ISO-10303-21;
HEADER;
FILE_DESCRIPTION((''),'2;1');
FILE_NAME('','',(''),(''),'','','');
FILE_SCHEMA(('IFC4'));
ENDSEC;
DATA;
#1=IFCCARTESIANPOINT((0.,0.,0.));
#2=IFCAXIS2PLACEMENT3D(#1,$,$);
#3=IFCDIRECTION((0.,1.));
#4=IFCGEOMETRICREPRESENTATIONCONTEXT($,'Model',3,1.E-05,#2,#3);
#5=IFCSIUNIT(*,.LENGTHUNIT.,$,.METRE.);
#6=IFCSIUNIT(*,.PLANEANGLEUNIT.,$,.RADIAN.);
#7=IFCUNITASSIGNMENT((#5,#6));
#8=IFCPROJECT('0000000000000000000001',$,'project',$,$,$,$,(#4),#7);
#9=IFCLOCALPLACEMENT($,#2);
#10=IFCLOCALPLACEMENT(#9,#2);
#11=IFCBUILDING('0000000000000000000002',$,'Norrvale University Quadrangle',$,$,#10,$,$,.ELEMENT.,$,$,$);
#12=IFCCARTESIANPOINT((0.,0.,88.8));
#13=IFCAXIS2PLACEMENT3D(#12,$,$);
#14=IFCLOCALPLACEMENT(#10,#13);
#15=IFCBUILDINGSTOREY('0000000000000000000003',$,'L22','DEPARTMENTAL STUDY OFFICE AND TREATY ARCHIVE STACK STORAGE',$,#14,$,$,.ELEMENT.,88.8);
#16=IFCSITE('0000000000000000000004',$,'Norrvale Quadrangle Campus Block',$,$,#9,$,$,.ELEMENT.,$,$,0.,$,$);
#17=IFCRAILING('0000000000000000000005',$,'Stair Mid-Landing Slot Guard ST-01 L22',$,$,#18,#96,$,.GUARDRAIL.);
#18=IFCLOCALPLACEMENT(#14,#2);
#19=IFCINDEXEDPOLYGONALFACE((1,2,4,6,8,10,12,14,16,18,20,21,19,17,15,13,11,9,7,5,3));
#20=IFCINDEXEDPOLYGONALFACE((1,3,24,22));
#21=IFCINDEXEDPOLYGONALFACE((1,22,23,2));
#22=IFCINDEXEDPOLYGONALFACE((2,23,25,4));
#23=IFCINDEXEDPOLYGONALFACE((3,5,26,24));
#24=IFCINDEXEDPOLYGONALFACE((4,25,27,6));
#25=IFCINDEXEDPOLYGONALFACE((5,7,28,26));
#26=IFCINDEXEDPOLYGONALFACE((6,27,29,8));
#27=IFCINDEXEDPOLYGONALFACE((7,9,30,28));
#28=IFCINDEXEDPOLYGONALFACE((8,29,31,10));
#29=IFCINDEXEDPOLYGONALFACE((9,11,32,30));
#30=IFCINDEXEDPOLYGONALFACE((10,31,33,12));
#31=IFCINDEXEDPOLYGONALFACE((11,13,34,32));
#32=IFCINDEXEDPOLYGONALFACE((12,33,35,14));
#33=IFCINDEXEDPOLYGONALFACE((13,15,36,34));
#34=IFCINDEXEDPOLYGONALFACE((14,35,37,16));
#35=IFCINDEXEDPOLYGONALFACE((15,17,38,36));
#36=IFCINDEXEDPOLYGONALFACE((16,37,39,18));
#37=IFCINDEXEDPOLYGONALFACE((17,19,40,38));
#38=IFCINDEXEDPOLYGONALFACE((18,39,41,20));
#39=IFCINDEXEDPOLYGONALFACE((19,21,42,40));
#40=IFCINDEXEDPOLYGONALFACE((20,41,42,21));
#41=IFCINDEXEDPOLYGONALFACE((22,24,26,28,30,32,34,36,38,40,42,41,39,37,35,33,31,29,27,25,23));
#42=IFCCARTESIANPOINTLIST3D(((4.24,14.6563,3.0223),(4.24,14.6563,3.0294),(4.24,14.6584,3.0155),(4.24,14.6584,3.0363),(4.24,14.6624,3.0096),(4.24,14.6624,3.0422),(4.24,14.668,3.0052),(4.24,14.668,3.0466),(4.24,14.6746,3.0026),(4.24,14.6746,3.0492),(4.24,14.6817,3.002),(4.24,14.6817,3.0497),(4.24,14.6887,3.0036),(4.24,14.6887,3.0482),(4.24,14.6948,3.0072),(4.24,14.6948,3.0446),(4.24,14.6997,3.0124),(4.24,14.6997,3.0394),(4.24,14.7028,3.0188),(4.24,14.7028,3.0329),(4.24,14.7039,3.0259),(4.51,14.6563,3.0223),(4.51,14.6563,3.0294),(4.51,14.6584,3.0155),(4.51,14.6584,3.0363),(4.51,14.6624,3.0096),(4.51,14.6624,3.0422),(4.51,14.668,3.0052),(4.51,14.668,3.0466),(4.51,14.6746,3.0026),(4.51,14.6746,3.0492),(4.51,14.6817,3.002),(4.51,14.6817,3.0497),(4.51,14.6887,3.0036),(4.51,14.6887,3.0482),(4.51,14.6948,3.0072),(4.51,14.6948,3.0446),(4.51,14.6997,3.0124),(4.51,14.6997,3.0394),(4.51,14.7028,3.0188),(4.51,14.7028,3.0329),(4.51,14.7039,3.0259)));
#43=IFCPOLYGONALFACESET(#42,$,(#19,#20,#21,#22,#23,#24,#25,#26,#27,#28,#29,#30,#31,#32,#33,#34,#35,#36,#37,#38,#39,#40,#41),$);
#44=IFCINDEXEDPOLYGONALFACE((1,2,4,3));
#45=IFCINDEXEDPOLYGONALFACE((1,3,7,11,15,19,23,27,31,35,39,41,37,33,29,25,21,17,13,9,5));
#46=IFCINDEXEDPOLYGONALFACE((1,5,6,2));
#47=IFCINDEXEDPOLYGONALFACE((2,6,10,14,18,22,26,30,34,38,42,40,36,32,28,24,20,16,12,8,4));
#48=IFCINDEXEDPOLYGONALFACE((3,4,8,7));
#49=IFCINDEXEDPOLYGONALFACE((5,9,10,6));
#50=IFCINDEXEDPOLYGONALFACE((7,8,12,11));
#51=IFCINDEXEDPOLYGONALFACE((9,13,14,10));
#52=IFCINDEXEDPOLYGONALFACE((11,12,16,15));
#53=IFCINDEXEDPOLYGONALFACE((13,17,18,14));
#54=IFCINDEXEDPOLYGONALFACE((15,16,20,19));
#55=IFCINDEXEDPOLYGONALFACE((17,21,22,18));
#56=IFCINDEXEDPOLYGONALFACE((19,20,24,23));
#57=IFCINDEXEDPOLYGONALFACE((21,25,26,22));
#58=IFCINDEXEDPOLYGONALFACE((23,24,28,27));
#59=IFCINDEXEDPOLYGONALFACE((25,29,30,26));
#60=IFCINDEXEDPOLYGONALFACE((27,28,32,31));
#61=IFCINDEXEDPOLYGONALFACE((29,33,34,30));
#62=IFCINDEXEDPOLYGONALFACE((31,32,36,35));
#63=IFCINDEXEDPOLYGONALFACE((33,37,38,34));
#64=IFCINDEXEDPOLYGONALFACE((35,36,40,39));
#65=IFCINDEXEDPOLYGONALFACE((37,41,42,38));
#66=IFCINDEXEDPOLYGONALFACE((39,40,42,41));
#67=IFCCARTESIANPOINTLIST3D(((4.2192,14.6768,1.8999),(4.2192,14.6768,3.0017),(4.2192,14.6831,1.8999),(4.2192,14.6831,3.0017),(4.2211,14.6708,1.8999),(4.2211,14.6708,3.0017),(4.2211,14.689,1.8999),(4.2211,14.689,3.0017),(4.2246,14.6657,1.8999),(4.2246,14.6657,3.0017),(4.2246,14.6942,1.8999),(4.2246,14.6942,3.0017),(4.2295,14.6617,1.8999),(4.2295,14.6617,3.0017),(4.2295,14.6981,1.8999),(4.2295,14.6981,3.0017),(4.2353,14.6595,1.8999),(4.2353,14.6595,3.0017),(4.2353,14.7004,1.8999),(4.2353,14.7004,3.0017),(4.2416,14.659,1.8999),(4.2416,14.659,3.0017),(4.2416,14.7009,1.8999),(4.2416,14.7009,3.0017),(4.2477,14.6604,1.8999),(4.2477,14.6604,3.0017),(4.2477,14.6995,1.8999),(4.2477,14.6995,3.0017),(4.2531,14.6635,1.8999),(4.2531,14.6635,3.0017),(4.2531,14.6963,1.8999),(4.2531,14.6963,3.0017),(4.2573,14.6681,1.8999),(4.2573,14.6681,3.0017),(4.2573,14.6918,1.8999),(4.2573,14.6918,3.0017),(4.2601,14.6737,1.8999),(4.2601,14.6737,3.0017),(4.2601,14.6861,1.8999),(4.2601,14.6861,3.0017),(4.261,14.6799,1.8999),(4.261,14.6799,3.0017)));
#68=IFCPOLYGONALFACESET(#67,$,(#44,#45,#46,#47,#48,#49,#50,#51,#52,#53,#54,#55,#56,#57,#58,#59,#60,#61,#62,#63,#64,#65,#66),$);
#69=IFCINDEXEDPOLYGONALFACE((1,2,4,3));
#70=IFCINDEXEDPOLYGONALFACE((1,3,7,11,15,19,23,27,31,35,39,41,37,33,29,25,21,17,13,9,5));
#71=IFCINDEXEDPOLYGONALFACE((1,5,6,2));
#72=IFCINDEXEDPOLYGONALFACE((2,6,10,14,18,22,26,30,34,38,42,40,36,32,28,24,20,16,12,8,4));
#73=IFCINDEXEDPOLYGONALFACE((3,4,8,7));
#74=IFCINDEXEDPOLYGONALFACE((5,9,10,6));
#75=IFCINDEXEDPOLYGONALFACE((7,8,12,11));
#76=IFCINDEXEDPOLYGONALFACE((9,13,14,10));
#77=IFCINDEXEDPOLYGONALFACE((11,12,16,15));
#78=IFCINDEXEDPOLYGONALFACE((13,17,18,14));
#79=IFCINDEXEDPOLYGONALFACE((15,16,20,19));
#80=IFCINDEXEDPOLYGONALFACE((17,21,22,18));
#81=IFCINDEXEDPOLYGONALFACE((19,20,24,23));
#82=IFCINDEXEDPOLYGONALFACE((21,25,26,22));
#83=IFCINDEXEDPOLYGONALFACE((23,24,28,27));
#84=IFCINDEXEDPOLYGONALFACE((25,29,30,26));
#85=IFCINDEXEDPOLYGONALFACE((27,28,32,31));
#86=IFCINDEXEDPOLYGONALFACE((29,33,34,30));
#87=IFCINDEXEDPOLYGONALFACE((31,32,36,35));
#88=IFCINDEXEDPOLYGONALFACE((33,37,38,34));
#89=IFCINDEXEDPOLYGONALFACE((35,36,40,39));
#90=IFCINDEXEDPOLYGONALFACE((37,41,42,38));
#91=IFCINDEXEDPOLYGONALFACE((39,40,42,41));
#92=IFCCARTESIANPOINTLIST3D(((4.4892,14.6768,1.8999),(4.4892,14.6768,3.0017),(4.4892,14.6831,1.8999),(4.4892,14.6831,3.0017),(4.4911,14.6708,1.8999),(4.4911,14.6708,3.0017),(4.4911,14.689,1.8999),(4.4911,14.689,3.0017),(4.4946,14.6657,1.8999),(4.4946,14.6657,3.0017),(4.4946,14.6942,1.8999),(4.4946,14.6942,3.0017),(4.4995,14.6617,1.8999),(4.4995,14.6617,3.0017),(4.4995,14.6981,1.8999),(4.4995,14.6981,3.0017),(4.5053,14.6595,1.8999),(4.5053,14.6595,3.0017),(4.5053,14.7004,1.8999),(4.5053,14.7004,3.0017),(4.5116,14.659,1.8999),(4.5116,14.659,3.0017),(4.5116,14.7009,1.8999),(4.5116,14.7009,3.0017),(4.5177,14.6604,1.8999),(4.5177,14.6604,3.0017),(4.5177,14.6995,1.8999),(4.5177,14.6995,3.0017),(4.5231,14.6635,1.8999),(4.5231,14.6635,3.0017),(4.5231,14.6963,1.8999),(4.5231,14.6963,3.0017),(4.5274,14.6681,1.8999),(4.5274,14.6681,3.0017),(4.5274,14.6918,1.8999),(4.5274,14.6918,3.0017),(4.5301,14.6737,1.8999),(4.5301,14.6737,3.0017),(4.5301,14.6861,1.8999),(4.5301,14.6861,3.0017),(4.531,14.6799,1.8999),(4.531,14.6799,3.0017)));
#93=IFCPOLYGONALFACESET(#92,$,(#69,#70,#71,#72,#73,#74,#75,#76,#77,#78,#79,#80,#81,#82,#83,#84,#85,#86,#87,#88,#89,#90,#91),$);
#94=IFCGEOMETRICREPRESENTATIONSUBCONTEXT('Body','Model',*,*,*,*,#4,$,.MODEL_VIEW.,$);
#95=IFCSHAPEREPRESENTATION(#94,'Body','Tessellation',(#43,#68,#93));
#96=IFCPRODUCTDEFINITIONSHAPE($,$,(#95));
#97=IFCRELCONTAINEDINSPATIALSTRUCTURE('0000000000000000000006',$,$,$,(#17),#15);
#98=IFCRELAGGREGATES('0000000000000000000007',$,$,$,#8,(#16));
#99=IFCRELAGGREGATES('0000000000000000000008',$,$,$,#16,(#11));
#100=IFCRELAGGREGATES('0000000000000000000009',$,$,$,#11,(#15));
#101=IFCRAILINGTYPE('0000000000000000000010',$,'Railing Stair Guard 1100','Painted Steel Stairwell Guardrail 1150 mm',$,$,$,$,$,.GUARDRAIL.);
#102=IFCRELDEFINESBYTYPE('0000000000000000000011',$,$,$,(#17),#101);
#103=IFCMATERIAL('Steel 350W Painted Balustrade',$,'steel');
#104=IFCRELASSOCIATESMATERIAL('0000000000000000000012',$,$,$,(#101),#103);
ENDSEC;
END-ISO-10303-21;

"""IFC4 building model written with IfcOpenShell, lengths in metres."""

from ifc_helpers import new_model, si_unit, direction, frame, origin, origin_2d, place, context, subcontext, project, spatial, circle, extrude, material, type_object, element, save


model = new_model("IFC4")

# Units and contexts
model_context = context("Model", 3, precision=1e-05, world=origin(), true_north=direction((0.0, 1.0)))
body_context = subcontext(model_context, "Body", "Model", "MODEL_VIEW")
ifc_project = project(units=[si_unit("LENGTHUNIT", "METRE"), si_unit("PLANEANGLEUNIT", "RADIAN")], contexts=[model_context])

# Site, building, storey
site_placement = place(None, origin())
site = spatial("IfcSite", under=ifc_project, at=site_placement, Name="Norrvale Quadrangle Campus Block", CompositionType="ELEMENT", RefElevation=0.0)
building_placement = place(site_placement, origin())
building = spatial("IfcBuilding", under=site, at=building_placement, Name="Norrvale University Quadrangle", CompositionType="ELEMENT")
storey_placement = place(building_placement, frame((0.0, 0.0, 88.8)))
storey = spatial("IfcBuildingStorey", under=building, at=storey_placement, Name="L22", Description="DEPARTMENTAL STUDY OFFICE AND TREATY ARCHIVE STACK STORAGE", CompositionType="ELEMENT", Elevation=88.8)

# Railing
ifc_material_1 = material(Name="Steel 350W Painted Balustrade", Category="steel")
railing_type_1 = type_object("IfcRailingType", Name="Railing Stair Guard 1100", Description="Painted Steel Stairwell Guardrail 1150 mm", PredefinedType="GUARDRAIL", material=ifc_material_1)
railing_1_placement = place(storey_placement, frame((4.24, 14.6799, 1.8999)))
element("IfcRailing", 1, at=railing_1_placement, inside=storey, type_object=railing_type_1, Name="Stair Mid-Landing Slot Guard ST-01 L22", PredefinedType="GUARDRAIL", context=body_context, shape_type="SweptSolid", body=[
    extrude(circle(Radius=0.0239, at=origin_2d()), frame((0.0, 0.0, 1.126), z_axis=(1.0, 0.0, 0.0), x_axis=(0.0, 1.0, 0.0)), (0.0, 0.0, 1.0), 0.27),
    extrude(circle(Radius=0.021, at=origin_2d()), origin(), (0.0, 0.0, 1.0), 1.1018),
    extrude(circle(Radius=0.021, at=origin_2d()), frame((0.27, 0.0, 0.0)), (0.0, 0.0, 1.0), 1.1018),
])

save(model, "model.ifc")
